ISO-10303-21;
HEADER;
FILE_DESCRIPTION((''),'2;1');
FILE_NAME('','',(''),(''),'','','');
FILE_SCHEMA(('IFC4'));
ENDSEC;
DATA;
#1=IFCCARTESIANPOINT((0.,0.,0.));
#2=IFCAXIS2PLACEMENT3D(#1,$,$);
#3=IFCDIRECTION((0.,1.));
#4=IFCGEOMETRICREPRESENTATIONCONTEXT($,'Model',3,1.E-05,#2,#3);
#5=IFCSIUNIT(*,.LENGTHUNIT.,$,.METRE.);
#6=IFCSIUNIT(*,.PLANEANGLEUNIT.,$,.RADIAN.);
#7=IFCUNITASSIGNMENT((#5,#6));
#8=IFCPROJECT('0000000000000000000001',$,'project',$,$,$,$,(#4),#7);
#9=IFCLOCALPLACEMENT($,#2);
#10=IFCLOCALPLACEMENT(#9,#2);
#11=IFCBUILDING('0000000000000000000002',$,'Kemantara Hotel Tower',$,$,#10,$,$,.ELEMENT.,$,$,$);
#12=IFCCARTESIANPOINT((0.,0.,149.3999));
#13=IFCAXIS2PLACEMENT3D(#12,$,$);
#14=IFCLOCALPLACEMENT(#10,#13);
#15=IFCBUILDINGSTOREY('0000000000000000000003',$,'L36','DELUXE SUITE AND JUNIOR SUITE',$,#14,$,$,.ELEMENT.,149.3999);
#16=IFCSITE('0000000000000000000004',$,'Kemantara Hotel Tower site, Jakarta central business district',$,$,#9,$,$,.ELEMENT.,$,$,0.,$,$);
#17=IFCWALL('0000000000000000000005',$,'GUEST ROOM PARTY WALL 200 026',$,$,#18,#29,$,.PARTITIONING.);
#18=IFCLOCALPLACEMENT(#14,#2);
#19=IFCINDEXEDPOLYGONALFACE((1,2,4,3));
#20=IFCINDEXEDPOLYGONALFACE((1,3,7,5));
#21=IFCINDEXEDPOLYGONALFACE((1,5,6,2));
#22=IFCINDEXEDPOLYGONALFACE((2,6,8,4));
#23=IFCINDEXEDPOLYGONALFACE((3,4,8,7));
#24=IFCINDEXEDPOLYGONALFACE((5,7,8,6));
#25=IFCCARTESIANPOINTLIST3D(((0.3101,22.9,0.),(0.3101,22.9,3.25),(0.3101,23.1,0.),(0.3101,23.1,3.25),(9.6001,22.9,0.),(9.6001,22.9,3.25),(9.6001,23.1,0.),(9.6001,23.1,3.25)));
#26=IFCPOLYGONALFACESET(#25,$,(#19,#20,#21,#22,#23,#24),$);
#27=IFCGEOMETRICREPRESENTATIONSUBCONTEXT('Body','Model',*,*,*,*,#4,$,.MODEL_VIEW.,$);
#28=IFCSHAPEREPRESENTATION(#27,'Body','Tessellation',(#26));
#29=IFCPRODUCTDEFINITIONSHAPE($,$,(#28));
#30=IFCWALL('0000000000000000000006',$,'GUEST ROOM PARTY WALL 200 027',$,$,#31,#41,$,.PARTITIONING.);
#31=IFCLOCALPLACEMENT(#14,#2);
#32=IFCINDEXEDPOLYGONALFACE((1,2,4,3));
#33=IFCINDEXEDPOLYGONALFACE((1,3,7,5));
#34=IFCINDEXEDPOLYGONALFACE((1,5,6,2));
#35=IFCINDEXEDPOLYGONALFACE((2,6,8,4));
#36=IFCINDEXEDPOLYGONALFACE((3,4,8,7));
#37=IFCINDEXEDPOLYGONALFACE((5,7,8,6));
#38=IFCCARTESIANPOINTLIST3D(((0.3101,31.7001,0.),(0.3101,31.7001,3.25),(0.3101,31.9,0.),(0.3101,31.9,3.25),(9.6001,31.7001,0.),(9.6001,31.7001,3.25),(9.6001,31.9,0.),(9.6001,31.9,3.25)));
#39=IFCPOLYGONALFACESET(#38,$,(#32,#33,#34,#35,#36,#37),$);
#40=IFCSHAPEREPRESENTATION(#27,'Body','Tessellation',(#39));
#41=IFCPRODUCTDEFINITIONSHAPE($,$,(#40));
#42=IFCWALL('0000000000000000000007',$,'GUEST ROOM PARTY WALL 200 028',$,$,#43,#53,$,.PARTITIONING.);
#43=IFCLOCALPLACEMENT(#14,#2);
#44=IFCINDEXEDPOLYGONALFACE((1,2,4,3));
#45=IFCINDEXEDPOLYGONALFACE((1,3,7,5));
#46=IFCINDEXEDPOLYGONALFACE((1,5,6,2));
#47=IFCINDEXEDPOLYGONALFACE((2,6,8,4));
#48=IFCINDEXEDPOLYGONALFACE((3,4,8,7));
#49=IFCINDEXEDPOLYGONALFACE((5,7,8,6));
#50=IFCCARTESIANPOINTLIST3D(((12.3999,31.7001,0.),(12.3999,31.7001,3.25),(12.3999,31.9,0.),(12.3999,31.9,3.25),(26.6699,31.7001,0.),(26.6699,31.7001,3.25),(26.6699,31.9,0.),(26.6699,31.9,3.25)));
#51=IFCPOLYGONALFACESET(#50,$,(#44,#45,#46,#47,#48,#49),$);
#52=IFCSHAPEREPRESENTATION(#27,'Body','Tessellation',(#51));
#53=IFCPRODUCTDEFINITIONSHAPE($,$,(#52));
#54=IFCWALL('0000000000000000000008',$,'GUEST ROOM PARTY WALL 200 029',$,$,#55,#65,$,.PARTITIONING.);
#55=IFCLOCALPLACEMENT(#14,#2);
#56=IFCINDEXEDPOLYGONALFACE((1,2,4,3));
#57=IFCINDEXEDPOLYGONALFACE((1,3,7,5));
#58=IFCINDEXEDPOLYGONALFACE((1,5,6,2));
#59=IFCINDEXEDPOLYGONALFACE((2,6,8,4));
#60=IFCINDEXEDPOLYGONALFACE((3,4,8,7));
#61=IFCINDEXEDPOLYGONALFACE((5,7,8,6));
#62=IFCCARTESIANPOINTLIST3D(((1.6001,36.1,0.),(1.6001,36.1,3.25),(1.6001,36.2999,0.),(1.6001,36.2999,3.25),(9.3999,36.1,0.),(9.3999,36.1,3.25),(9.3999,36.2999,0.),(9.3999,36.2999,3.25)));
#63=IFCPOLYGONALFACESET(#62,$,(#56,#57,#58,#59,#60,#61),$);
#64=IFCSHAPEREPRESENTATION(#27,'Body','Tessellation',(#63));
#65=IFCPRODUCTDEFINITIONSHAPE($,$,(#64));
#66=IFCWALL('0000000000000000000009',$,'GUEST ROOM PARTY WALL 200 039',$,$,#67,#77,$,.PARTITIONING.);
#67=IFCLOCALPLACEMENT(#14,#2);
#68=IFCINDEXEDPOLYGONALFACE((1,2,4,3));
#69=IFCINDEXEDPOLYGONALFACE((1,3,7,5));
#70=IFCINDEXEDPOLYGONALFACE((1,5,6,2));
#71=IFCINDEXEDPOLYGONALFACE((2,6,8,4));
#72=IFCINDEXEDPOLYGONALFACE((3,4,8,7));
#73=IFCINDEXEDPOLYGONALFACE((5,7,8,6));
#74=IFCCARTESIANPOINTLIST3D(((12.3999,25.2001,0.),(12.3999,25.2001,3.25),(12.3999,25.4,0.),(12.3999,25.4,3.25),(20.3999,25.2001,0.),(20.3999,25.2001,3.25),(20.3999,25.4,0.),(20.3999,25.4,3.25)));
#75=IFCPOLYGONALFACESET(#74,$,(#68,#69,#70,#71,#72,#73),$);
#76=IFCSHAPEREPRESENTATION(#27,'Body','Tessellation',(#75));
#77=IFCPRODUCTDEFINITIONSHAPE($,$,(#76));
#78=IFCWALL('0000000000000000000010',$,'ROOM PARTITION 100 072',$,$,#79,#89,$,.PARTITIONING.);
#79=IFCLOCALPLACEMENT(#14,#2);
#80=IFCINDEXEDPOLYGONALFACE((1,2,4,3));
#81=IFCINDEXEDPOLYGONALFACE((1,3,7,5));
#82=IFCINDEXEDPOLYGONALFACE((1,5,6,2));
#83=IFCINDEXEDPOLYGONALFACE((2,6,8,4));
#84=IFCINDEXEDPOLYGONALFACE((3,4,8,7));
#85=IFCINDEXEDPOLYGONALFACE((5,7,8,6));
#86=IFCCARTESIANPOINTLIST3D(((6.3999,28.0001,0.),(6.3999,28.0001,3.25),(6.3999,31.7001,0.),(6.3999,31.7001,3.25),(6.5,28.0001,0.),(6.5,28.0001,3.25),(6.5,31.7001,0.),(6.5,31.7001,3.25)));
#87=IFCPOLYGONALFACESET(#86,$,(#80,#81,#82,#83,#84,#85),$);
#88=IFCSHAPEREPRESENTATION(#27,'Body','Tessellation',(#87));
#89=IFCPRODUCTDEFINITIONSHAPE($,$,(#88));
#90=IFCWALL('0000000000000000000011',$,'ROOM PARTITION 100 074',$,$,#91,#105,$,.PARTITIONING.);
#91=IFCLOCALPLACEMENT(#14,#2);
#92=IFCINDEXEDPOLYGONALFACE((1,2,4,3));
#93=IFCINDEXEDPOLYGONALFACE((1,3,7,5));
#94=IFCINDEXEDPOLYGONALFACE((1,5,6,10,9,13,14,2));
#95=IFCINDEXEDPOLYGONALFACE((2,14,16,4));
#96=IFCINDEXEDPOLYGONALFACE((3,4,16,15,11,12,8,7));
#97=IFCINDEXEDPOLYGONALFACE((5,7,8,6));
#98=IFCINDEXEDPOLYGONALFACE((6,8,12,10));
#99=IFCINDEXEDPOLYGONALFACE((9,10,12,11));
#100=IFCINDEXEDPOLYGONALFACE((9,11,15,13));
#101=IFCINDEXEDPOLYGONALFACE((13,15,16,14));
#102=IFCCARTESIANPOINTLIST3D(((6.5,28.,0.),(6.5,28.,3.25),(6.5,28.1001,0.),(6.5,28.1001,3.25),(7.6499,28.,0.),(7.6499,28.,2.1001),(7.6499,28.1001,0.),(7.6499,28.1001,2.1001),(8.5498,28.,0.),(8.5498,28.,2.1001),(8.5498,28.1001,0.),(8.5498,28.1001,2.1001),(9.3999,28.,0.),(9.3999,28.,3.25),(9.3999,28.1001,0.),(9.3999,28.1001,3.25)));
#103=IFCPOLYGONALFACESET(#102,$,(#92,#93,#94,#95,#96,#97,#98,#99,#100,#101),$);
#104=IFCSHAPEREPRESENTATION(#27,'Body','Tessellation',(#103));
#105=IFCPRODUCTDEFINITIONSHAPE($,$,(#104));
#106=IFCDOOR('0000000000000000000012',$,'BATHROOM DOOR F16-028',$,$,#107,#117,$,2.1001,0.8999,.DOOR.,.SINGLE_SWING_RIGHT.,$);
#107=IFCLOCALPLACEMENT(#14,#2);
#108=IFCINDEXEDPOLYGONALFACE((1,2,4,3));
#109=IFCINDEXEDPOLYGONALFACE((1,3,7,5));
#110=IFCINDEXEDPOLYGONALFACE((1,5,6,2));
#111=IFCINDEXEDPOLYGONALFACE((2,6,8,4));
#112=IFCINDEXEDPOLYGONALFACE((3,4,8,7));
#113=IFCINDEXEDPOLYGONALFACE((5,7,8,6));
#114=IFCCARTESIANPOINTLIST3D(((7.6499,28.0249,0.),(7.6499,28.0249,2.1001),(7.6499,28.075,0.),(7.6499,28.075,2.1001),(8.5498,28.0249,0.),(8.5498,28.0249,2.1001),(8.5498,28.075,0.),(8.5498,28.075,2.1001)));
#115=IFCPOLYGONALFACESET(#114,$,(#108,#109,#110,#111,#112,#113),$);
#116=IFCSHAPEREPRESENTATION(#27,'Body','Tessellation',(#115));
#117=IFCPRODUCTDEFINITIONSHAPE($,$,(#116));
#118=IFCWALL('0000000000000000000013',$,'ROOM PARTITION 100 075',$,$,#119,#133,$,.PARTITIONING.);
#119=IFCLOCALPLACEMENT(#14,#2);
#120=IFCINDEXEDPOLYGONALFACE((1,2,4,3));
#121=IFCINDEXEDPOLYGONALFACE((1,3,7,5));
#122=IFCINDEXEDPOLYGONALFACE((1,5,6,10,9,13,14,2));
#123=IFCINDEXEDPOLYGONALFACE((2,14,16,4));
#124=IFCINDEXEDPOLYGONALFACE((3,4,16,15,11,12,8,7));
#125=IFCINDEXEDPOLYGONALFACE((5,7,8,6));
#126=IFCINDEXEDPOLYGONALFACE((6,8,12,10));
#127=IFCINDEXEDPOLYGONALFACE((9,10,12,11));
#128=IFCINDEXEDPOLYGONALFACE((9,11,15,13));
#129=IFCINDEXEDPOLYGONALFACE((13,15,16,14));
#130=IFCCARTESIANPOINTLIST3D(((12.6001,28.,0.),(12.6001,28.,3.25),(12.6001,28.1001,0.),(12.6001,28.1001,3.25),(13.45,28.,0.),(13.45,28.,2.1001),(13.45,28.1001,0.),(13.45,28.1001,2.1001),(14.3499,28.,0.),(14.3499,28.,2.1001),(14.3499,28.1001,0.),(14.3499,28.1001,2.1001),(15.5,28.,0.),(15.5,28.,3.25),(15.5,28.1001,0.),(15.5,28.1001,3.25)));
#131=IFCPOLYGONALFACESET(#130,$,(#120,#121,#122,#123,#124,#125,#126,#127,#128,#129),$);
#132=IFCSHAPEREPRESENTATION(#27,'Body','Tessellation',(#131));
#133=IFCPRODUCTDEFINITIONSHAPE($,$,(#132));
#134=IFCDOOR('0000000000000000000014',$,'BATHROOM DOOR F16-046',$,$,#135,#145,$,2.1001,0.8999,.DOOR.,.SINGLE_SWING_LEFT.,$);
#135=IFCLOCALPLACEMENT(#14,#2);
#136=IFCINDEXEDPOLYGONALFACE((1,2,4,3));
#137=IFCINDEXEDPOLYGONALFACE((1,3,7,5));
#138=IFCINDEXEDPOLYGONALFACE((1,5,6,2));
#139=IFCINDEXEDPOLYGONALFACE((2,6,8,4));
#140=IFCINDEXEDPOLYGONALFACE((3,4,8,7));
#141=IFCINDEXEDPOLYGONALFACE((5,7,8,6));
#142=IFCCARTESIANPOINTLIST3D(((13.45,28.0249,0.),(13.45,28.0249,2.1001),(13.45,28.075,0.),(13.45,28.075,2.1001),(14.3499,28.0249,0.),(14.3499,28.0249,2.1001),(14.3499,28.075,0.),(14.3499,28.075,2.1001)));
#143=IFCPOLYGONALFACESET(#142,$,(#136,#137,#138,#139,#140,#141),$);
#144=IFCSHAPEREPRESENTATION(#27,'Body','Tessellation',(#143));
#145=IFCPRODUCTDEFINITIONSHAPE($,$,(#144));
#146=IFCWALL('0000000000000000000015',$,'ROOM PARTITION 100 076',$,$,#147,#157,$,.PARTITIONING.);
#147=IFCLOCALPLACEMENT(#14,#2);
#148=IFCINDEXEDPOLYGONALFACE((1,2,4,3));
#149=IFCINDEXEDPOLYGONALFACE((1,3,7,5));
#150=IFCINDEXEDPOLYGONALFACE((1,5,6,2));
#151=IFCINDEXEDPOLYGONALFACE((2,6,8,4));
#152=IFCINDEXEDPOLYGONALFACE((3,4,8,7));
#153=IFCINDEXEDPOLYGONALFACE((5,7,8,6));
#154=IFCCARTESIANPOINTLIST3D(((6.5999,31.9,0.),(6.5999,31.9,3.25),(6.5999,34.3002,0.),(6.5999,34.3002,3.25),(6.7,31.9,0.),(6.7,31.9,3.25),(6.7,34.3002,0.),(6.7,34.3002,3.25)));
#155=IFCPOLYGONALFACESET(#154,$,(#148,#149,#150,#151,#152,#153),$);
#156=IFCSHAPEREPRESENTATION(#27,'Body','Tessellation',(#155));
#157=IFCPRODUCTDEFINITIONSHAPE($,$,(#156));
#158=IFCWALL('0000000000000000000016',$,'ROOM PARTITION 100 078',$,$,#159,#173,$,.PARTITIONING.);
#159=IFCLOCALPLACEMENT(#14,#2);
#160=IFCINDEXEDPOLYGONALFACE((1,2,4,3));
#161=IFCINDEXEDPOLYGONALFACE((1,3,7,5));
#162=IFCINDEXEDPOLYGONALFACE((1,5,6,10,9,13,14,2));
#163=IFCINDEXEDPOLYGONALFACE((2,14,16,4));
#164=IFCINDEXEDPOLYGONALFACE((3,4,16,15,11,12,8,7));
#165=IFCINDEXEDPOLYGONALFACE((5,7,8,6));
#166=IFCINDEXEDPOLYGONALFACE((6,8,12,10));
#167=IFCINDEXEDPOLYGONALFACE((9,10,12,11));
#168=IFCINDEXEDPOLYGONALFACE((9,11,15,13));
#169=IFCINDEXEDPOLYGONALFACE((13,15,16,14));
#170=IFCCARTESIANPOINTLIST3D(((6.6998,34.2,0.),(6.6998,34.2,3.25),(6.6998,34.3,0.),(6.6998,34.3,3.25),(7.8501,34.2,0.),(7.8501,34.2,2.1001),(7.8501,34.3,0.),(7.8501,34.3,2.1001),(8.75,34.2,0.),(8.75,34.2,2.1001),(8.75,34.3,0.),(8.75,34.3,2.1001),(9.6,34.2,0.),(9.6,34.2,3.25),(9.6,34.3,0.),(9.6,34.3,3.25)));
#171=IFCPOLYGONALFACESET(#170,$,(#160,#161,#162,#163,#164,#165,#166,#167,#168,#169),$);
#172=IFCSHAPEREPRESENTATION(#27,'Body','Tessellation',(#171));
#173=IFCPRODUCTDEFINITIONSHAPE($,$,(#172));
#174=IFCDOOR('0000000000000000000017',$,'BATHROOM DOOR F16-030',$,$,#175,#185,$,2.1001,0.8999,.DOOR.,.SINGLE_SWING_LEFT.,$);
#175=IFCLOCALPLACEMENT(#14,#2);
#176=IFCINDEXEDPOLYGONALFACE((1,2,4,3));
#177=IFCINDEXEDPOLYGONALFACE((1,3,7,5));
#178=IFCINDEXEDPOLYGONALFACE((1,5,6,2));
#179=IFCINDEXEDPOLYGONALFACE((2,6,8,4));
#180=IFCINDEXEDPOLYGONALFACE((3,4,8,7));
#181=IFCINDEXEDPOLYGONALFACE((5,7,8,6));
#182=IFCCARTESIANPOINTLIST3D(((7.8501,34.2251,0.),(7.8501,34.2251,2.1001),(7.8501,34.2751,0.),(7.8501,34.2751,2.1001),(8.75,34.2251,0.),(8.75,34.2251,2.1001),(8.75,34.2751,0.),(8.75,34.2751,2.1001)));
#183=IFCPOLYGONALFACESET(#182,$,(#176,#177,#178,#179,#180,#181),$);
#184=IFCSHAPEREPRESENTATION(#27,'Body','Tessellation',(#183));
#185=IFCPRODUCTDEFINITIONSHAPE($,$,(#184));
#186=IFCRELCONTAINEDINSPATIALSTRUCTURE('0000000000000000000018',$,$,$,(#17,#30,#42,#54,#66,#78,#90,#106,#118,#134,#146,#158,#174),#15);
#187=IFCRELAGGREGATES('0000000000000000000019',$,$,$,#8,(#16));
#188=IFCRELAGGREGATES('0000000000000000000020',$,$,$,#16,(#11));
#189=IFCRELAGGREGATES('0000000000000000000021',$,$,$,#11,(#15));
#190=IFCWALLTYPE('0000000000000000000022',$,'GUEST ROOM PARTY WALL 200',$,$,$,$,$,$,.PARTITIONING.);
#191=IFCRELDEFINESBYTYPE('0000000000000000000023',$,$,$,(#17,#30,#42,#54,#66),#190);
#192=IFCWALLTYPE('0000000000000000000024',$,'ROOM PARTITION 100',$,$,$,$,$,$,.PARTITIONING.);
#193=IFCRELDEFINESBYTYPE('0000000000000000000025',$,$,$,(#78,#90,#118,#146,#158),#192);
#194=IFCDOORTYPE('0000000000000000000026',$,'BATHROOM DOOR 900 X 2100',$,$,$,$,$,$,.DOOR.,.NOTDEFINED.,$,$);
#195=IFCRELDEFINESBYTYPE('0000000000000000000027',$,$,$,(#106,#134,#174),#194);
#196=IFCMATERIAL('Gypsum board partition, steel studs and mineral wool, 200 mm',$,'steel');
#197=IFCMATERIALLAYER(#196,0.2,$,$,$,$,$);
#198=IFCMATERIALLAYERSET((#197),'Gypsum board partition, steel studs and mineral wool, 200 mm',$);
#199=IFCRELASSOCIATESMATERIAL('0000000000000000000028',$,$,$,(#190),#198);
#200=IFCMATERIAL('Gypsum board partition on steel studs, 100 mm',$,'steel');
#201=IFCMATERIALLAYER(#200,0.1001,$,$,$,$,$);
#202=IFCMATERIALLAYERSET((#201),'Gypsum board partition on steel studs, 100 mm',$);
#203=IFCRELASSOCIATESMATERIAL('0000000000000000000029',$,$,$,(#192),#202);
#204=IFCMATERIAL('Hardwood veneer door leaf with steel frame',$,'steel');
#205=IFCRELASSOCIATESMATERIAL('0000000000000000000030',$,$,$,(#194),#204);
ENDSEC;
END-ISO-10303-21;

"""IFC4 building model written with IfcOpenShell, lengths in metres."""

from ifc_helpers import new_model, si_unit, direction, frame, frame_2d, origin, place, context, subcontext, project, spatial, rectangle, extrude, material, layer, layer_set, type_object, element, fill, save


model = new_model("IFC4")

# Units and contexts
model_context = context("Model", 3, precision=1e-05, world=origin(), true_north=direction((0.0, 1.0)))
body_context = subcontext(model_context, "Body", "Model", "MODEL_VIEW")
ifc_project = project(units=[si_unit("LENGTHUNIT", "METRE"), si_unit("PLANEANGLEUNIT", "RADIAN")], contexts=[model_context])

# Site, building, storey
site_placement = place(None, origin())
site = spatial("IfcSite", under=ifc_project, at=site_placement, Name="Kemantara Hotel Tower site, Jakarta central business district", CompositionType="ELEMENT", RefElevation=0.0)
building_placement = place(site_placement, origin())
building = spatial("IfcBuilding", under=site, at=building_placement, Name="Kemantara Hotel Tower", CompositionType="ELEMENT")
storey_placement = place(building_placement, frame((0.0, 0.0, 149.3999)))
storey = spatial("IfcBuildingStorey", under=building, at=storey_placement, Name="L36", Description="DELUXE SUITE AND JUNIOR SUITE", CompositionType="ELEMENT", Elevation=149.3999)

# Shared definitions
ifc_material_1 = material(Name="Gypsum board partition, steel studs and mineral wool, 200 mm", Category="steel")
ifc_material_2 = material(Name="Hardwood veneer door leaf with steel frame", Category="steel")

# Walls
ifc_layer_1 = layer(ifc_material_1, 0.2)
ifc_layer_set_1 = layer_set([ifc_layer_1], Name="Gypsum board partition, steel studs and mineral wool, 200 mm")
wall_type_1 = type_object("IfcWallType", Name="GUEST ROOM PARTY WALL 200", PredefinedType="PARTITIONING", material=ifc_layer_set_1)
for number, where, z_axis, x_axis, name in (
    (1, (0.3101, 23.0, 0.0), (0.0, 0.0, 1.0), (1.0, 0.0, 0.0), "GUEST ROOM PARTY WALL 200 026"),
    (2, (0.3101, 31.8, 0.0), (0.0, 0.0, 1.0), (1.0, 0.0, 0.0), "GUEST ROOM PARTY WALL 200 027"),
):
    element("IfcWall", number, at=place(storey_placement, frame(where, z_axis=z_axis, x_axis=x_axis)), inside=storey, type_object=wall_type_1, Name=name, PredefinedType="PARTITIONING", context=body_context, shape_type="SweptSolid", body=[
        extrude(rectangle(XDim=9.29, YDim=0.2, at=frame_2d((4.645, 0.0))), origin(), (0.0, 0.0, 1.0), 3.25),
    ])
wall_1_placement = place(storey_placement, frame((12.3999, 31.8, 0.0), z_axis=(0.0, 0.0, 1.0), x_axis=(1.0, 0.0, 0.0)))
element("IfcWall", 3, at=wall_1_placement, inside=storey, type_object=wall_type_1, Name="GUEST ROOM PARTY WALL 200 028", PredefinedType="PARTITIONING", context=body_context, shape_type="SweptSolid", body=[
    extrude(rectangle(XDim=14.27, YDim=0.2, at=frame_2d((7.135, 0.0))), origin(), (0.0, 0.0, 1.0), 3.25),
])
wall_2_placement = place(storey_placement, frame((1.6001, 36.2, 0.0), z_axis=(0.0, 0.0, 1.0), x_axis=(1.0, 0.0, 0.0)))
element("IfcWall", 4, at=wall_2_placement, inside=storey, type_object=wall_type_1, Name="GUEST ROOM PARTY WALL 200 029", PredefinedType="PARTITIONING", context=body_context, shape_type="SweptSolid", body=[
    extrude(rectangle(XDim=7.7998, YDim=0.2, at=frame_2d((3.8999, 0.0))), origin(), (0.0, 0.0, 1.0), 3.25),
])
wall_3_placement = place(storey_placement, frame((12.3999, 25.3, 0.0), z_axis=(0.0, 0.0, 1.0), x_axis=(1.0, 0.0, 0.0)))
element("IfcWall", 5, at=wall_3_placement, inside=storey, type_object=wall_type_1, Name="GUEST ROOM PARTY WALL 200 039", PredefinedType="PARTITIONING", context=body_context, shape_type="SweptSolid", body=[
    extrude(rectangle(XDim=8.0, YDim=0.2, at=frame_2d((4.0, 0.0))), origin(), (0.0, 0.0, 1.0), 3.25),
])
ifc_material_3 = material(Name="Gypsum board partition on steel studs, 100 mm", Category="steel")
ifc_layer_2 = layer(ifc_material_3, 0.1001)
ifc_layer_set_2 = layer_set([ifc_layer_2], Name="Gypsum board partition on steel studs, 100 mm")
wall_type_2 = type_object("IfcWallType", Name="ROOM PARTITION 100", PredefinedType="PARTITIONING", material=ifc_layer_set_2)
wall_4_placement = place(storey_placement, frame((6.45, 28.0, 0.0), z_axis=(0.0, 0.0, 1.0), x_axis=(0.0, 1.0, 0.0)))
element("IfcWall", 6, at=wall_4_placement, inside=storey, type_object=wall_type_2, Name="ROOM PARTITION 100 072", PredefinedType="PARTITIONING", context=body_context, shape_type="SweptSolid", body=[
    extrude(rectangle(XDim=3.7, YDim=0.1001, at=frame_2d((1.8501, 0.0))), origin(), (0.0, 0.0, 1.0), 3.25),
])

# Walls, openings, doors
wall_5_placement = place(storey_placement, frame((6.5, 28.05, 0.0), z_axis=(0.0, 0.0, 1.0), x_axis=(1.0, 0.0, 0.0)))
wall_5 = element("IfcWall", 7, at=wall_5_placement, inside=storey, type_object=wall_type_2, Name="ROOM PARTITION 100 074", PredefinedType="PARTITIONING", context=body_context, shape_type="SweptSolid", body=[
    extrude(rectangle(XDim=2.8999, YDim=0.1001, at=frame_2d((1.45, 0.0))), origin(), (0.0, 0.0, 1.0), 3.25),
])
opening_1_placement = place(wall_5_placement, frame((1.1499, 0.0, 0.0)))
opening_1 = element("IfcOpeningElement", 8, at=opening_1_placement, cuts=wall_5, PredefinedType="OPENING", context=body_context, shape_type="SweptSolid", body=[
    extrude(rectangle(XDim=0.8999, YDim=2.1001, at=frame_2d((0.45, 1.05))), frame((0.0, 0.0601, 0.0), z_axis=(0.0, -1.0, 0.0), x_axis=(1.0, 0.0, 0.0)), (0.0, 0.0, 1.0), 0.1201),
])
door_type_1 = type_object("IfcDoorType", Name="BATHROOM DOOR 900 X 2100", OperationType="NOTDEFINED", PredefinedType="DOOR", material=ifc_material_2)
door_1_placement = place(opening_1_placement, origin())
door_1 = element("IfcDoor", 9, at=door_1_placement, inside=storey, type_object=door_type_1, Name="BATHROOM DOOR F16-028", OperationType="SINGLE_SWING_RIGHT", OverallHeight=2.1001, OverallWidth=0.8999, PredefinedType="DOOR", context=body_context, shape_type="SweptSolid", body=[
    extrude(rectangle(XDim=0.8999, YDim=2.1001, at=frame_2d((0.45, 1.05))), frame((0.0, 0.0249, 0.0), z_axis=(0.0, -1.0, 0.0), x_axis=(1.0, 0.0, 0.0)), (0.0, 0.0, 1.0), 0.05),
])
fill(opening_1, door_1)
wall_6_placement = place(storey_placement, frame((12.6001, 28.05, 0.0), z_axis=(0.0, 0.0, 1.0), x_axis=(1.0, 0.0, 0.0)))
wall_6 = element("IfcWall", 10, at=wall_6_placement, inside=storey, type_object=wall_type_2, Name="ROOM PARTITION 100 075", PredefinedType="PARTITIONING", context=body_context, shape_type="SweptSolid", body=[
    extrude(rectangle(XDim=2.8999, YDim=0.1001, at=frame_2d((1.45, 0.0))), origin(), (0.0, 0.0, 1.0), 3.25),
])
opening_2_placement = place(wall_6_placement, frame((0.8499, 0.0, 0.0)))
opening_2 = element("IfcOpeningElement", 11, at=opening_2_placement, cuts=wall_6, PredefinedType="OPENING", context=body_context, shape_type="SweptSolid", body=[
    extrude(rectangle(XDim=0.8999, YDim=2.1001, at=frame_2d((0.45, 1.05))), frame((0.0, 0.0601, 0.0), z_axis=(0.0, -1.0, 0.0), x_axis=(1.0, 0.0, 0.0)), (0.0, 0.0, 1.0), 0.1201),
])
door_2_placement = place(opening_2_placement, origin())
door_2 = element("IfcDoor", 12, at=door_2_placement, inside=storey, type_object=door_type_1, Name="BATHROOM DOOR F16-046", OperationType="SINGLE_SWING_LEFT", OverallHeight=2.1001, OverallWidth=0.8999, PredefinedType="DOOR", context=body_context, shape_type="SweptSolid", body=[
    extrude(rectangle(XDim=0.8999, YDim=2.1001, at=frame_2d((0.45, 1.05))), frame((0.0, 0.0249, 0.0), z_axis=(0.0, -1.0, 0.0), x_axis=(1.0, 0.0, 0.0)), (0.0, 0.0, 1.0), 0.05),
])
fill(opening_2, door_2)

# Wall
wall_7_placement = place(storey_placement, frame((6.6499, 31.8999, 0.0), z_axis=(0.0, 0.0, 1.0), x_axis=(0.0, 1.0, 0.0)))
element("IfcWall", 13, at=wall_7_placement, inside=storey, type_object=wall_type_2, Name="ROOM PARTITION 100 076", PredefinedType="PARTITIONING", context=body_context, shape_type="SweptSolid", body=[
    extrude(rectangle(XDim=2.4001, YDim=0.1001, at=frame_2d((1.2002, 0.0))), origin(), (0.0, 0.0, 1.0), 3.25),
])

# Wall, opening, door
wall_8_placement = place(storey_placement, frame((9.6001, 34.25, 0.0), z_axis=(0.0, 0.0, 1.0), x_axis=(-1.0, 0.0, 0.0)))
wall_8 = element("IfcWall", 14, at=wall_8_placement, inside=storey, type_object=wall_type_2, Name="ROOM PARTITION 100 078", PredefinedType="PARTITIONING", context=body_context, shape_type="SweptSolid", body=[
    extrude(rectangle(XDim=2.9001, YDim=0.1001, at=frame_2d((1.4502, 0.0))), origin(), (0.0, 0.0, 1.0), 3.25),
])
opening_3_placement = place(wall_8_placement, frame((0.8501, 0.0, 0.0)))
opening_3 = element("IfcOpeningElement", 15, at=opening_3_placement, cuts=wall_8, PredefinedType="OPENING", context=body_context, shape_type="SweptSolid", body=[
    extrude(rectangle(XDim=0.8999, YDim=2.1001, at=frame_2d((0.45, 1.05))), frame((0.0, 0.0601, 0.0), z_axis=(0.0, -1.0, 0.0), x_axis=(1.0, 0.0, 0.0)), (0.0, 0.0, 1.0), 0.1201),
])
door_3_placement = place(opening_3_placement, origin())
door_3 = element("IfcDoor", 16, at=door_3_placement, inside=storey, type_object=door_type_1, Name="BATHROOM DOOR F16-030", OperationType="SINGLE_SWING_LEFT", OverallHeight=2.1001, OverallWidth=0.8999, PredefinedType="DOOR", context=body_context, shape_type="SweptSolid", body=[
    extrude(rectangle(XDim=0.8999, YDim=2.1001, at=frame_2d((0.45, 1.05))), frame((0.0, 0.0249, 0.0), z_axis=(0.0, -1.0, 0.0), x_axis=(1.0, 0.0, 0.0)), (0.0, 0.0, 1.0), 0.05),
])
fill(opening_3, door_3)

save(model, "model.ifc")
